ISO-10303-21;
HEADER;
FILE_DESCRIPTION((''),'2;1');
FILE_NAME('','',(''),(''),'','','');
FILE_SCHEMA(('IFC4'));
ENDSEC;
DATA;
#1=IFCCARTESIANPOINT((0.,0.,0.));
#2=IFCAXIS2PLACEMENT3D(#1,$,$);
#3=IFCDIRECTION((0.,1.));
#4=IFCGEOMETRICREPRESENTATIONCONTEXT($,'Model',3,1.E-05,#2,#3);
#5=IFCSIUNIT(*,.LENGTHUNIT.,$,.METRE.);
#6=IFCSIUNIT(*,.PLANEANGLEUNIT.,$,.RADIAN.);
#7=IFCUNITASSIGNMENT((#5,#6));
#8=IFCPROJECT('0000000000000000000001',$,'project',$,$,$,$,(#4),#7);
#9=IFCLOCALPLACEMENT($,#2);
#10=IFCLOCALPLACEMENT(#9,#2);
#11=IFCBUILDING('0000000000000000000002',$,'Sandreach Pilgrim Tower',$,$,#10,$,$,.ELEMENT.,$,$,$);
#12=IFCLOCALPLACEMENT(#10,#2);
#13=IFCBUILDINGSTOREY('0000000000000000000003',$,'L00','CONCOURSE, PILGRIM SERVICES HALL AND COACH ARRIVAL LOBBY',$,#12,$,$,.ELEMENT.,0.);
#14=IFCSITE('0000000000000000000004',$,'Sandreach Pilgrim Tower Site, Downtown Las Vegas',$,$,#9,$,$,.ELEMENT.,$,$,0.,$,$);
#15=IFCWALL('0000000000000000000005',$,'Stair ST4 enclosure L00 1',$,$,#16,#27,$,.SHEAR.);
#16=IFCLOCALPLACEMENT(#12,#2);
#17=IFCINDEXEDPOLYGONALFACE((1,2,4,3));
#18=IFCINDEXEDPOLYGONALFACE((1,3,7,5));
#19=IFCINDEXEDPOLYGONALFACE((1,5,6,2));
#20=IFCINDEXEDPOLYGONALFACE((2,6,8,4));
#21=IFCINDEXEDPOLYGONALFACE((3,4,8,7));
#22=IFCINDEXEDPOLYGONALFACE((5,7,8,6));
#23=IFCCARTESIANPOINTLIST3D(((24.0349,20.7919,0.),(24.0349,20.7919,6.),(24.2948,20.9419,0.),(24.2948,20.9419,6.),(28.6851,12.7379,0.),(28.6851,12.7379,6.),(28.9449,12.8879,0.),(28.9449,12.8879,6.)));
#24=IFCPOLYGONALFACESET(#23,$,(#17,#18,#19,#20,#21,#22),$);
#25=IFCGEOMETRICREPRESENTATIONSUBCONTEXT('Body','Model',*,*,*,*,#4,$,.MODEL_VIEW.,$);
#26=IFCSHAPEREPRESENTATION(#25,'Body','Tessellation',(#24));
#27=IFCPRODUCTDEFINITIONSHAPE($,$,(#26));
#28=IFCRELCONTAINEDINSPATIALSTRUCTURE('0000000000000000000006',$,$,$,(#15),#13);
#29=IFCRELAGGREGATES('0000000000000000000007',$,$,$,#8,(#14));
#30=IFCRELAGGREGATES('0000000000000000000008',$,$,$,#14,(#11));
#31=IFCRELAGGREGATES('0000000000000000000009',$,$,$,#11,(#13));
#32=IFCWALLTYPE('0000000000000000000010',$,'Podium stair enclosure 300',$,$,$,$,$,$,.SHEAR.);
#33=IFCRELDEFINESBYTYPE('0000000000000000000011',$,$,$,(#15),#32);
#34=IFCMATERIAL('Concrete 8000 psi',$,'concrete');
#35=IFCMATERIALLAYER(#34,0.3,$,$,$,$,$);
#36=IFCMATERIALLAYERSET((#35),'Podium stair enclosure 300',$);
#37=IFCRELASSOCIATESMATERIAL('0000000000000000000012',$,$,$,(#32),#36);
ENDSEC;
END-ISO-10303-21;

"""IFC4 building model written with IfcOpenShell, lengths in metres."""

from ifc_helpers import new_model, si_unit, direction, frame, frame_2d, origin, place, context, subcontext, project, spatial, rectangle, extrude, material, layer, layer_set, type_object, element, save


model = new_model("IFC4")

# Units and contexts
model_context = context("Model", 3, precision=1e-05, world=origin(), true_north=direction((0.0, 1.0)))
body_context = subcontext(model_context, "Body", "Model", "MODEL_VIEW")
ifc_project = project(units=[si_unit("LENGTHUNIT", "METRE"), si_unit("PLANEANGLEUNIT", "RADIAN")], contexts=[model_context])

# Site, building, storey
site_placement = place(None, origin())
site = spatial("IfcSite", under=ifc_project, at=site_placement, Name="Sandreach Pilgrim Tower Site, Downtown Las Vegas", CompositionType="ELEMENT", RefElevation=0.0)
building_placement = place(site_placement, origin())
building = spatial("IfcBuilding", under=site, at=building_placement, Name="Sandreach Pilgrim Tower", CompositionType="ELEMENT")
storey_placement = place(building_placement, origin())
storey = spatial("IfcBuildingStorey", under=building, at=storey_placement, Name="L00", Description="CONCOURSE, PILGRIM SERVICES HALL AND COACH ARRIVAL LOBBY", CompositionType="ELEMENT", Elevation=0.0)

# Wall
ifc_material_1 = material(Name="Concrete 8000 psi", Category="concrete")
ifc_layer_1 = layer(ifc_material_1, 0.3)
ifc_layer_set_1 = layer_set([ifc_layer_1], Name="Podium stair enclosure 300")
wall_type_1 = type_object("IfcWallType", Name="Podium stair enclosure 300", PredefinedType="SHEAR", material=ifc_layer_set_1)
wall_1_placement = place(storey_placement, frame((28.8149, 12.813, 0.0), z_axis=(0.0, 0.0, 1.0), x_axis=(-0.500016, 0.866016, 0.0)))
element("IfcWall", 1, at=wall_1_placement, inside=storey, type_object=wall_type_1, Name="Stair ST4 enclosure L00 1", PredefinedType="SHEAR", context=body_context, shape_type="SweptSolid", body=[
    extrude(rectangle(XDim=9.3, YDim=0.3, at=frame_2d((4.6499, 0.0))), origin(), (0.0, 0.0, 1.0), 6.0),
])

save(model, "model.ifc")
